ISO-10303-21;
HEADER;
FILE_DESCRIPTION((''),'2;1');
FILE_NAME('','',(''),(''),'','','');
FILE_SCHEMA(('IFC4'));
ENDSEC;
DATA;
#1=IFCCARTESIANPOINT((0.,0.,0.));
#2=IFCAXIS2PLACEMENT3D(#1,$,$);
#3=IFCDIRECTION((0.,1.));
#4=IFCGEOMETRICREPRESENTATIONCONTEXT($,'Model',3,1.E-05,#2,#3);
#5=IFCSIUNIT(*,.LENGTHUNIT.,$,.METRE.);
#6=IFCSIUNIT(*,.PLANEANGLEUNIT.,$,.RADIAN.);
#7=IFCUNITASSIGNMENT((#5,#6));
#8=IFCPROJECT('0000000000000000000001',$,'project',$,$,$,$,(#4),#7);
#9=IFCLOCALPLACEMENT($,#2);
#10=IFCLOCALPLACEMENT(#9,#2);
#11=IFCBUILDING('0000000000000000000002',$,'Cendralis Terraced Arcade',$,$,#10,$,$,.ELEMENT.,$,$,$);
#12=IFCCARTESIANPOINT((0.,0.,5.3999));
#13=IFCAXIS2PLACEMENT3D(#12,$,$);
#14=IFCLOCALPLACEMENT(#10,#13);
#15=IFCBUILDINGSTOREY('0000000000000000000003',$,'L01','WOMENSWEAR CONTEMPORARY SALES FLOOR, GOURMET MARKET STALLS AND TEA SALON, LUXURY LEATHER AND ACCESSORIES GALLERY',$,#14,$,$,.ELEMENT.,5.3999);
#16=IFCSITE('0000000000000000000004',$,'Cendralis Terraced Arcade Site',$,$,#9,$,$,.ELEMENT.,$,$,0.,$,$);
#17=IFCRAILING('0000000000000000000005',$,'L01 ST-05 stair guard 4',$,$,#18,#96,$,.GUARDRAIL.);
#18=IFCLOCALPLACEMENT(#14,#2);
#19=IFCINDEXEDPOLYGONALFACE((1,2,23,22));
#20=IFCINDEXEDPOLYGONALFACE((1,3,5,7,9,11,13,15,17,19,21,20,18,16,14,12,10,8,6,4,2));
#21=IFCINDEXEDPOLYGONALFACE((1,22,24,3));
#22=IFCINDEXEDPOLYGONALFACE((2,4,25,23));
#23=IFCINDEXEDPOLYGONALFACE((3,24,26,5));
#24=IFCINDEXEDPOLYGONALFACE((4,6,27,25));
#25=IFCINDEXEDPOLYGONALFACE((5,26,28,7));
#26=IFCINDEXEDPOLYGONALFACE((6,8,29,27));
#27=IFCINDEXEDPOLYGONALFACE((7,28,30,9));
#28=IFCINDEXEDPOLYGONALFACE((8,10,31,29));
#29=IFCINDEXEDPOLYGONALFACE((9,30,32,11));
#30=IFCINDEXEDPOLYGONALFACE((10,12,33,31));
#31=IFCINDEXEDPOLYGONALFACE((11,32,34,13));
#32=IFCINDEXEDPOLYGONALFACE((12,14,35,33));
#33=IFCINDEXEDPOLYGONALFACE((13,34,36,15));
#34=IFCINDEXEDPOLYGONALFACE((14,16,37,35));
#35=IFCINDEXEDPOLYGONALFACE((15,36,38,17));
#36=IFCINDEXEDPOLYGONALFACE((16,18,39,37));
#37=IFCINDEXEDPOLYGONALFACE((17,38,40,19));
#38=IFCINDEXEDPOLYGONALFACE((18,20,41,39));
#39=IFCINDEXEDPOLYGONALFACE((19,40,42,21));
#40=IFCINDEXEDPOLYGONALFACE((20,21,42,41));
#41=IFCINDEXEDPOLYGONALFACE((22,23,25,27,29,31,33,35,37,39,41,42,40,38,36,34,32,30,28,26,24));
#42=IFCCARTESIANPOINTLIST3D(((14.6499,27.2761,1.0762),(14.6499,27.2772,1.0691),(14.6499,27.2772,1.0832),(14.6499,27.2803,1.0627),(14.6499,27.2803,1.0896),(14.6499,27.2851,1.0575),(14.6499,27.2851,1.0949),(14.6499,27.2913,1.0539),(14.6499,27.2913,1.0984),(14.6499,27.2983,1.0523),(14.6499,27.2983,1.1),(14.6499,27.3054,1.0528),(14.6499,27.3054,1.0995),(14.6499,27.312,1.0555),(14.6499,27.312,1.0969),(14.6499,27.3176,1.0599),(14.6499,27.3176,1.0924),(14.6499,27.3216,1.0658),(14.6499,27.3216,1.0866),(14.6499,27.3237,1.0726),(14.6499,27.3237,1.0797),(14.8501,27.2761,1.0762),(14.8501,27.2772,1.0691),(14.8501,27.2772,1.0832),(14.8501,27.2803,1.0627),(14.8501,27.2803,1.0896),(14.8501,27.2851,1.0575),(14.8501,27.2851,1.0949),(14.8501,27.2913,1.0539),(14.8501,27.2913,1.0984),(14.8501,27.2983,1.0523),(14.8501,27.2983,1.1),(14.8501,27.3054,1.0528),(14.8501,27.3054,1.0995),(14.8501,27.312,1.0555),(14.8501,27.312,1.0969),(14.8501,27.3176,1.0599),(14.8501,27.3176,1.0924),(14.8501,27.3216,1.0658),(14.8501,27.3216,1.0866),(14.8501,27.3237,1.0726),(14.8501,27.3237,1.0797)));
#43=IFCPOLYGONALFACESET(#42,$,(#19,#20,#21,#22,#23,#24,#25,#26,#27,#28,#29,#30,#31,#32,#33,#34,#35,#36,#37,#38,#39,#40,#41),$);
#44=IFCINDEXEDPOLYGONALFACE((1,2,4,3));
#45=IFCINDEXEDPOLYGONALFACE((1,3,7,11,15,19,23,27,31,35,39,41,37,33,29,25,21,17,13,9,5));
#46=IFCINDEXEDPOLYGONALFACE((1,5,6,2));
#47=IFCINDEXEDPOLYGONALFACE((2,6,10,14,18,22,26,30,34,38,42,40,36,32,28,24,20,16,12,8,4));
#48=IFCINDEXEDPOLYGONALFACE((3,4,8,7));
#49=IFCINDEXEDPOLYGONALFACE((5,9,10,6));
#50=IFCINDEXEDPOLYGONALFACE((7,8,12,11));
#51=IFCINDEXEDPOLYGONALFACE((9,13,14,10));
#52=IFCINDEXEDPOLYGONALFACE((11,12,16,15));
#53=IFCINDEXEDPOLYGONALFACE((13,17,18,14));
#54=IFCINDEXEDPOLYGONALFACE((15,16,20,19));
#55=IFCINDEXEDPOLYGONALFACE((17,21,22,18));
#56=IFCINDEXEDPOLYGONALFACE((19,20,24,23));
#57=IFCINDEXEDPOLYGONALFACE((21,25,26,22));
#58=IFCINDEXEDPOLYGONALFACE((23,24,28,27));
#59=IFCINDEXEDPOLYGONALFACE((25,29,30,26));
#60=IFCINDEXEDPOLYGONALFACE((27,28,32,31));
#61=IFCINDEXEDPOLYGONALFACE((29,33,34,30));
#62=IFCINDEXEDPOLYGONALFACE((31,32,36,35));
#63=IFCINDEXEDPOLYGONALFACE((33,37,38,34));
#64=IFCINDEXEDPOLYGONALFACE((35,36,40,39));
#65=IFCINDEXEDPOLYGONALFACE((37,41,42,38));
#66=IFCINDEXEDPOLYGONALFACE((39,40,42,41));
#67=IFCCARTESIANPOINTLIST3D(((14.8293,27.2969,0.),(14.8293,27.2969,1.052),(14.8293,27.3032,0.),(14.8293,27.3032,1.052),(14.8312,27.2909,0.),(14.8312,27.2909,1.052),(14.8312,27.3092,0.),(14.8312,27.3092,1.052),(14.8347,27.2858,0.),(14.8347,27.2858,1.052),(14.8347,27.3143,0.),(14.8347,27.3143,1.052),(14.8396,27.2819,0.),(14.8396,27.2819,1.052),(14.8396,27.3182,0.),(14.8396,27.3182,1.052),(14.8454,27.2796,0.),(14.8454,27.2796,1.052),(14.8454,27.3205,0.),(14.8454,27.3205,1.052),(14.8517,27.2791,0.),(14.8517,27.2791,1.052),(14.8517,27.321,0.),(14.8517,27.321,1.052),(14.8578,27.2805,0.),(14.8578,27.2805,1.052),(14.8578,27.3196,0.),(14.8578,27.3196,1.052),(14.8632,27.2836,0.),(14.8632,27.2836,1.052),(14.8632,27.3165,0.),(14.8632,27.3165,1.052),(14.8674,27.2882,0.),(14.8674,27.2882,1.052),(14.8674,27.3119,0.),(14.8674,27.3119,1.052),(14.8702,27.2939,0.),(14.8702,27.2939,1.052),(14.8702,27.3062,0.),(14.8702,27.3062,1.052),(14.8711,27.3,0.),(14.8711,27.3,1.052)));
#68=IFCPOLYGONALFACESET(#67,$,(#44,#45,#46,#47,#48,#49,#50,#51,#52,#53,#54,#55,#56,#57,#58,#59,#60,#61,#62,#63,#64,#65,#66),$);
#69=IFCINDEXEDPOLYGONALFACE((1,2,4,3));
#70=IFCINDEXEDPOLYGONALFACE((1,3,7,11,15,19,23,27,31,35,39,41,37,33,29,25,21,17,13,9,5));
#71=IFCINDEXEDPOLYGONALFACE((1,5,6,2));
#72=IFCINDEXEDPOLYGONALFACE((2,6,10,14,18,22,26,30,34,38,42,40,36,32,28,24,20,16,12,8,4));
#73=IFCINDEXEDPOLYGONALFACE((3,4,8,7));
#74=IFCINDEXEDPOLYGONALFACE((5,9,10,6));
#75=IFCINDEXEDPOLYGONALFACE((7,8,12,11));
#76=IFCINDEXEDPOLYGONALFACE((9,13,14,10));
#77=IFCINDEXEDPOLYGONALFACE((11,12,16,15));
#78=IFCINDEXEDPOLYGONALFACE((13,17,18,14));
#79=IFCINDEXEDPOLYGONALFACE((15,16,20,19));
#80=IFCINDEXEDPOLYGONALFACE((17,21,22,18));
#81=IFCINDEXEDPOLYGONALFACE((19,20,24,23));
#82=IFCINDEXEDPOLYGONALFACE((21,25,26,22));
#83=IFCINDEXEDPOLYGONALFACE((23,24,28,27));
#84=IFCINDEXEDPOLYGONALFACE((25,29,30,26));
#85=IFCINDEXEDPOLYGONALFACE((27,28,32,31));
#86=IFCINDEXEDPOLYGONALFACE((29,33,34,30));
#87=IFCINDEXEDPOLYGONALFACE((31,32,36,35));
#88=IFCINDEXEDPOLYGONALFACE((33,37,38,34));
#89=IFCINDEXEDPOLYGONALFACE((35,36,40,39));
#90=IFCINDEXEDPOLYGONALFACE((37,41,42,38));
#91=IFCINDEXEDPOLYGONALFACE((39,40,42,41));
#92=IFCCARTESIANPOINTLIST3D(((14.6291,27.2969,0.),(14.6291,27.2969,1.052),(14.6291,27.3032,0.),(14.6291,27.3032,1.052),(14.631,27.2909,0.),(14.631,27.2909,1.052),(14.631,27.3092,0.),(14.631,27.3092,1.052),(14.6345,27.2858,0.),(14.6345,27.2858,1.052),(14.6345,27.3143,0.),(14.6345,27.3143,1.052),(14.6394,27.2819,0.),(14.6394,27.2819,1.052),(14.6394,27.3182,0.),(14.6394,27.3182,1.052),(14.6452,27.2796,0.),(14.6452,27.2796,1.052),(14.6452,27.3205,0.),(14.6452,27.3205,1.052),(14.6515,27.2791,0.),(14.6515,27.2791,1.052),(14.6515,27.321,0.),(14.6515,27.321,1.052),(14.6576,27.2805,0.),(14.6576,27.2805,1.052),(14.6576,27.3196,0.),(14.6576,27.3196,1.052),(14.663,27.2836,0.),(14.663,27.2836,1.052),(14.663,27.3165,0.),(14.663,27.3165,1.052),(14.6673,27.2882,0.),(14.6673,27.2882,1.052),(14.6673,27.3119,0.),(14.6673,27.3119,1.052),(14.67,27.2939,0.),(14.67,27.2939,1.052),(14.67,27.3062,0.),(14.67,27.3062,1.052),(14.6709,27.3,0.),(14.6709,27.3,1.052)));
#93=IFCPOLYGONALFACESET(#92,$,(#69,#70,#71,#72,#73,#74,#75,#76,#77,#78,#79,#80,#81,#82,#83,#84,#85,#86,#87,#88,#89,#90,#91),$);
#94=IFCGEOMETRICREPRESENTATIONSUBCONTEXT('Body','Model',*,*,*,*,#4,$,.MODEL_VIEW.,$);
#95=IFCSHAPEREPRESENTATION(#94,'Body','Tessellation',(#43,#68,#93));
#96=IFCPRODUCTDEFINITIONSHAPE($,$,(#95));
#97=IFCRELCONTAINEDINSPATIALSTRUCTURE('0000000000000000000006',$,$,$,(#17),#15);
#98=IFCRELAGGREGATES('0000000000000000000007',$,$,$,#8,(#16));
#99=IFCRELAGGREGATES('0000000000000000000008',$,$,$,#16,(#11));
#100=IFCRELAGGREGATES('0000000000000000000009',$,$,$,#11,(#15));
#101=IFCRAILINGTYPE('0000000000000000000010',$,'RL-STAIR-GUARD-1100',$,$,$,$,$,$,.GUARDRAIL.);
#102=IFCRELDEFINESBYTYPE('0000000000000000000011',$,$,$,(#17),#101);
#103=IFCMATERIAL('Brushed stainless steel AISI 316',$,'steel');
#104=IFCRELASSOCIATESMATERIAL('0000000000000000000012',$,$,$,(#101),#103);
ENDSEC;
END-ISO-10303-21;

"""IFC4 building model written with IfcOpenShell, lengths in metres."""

from ifc_helpers import new_model, si_unit, direction, frame, origin, origin_2d, place, context, subcontext, project, spatial, circle, extrude, material, type_object, element, save


model = new_model("IFC4")

# Units and contexts
model_context = context("Model", 3, precision=1e-05, world=origin(), true_north=direction((0.0, 1.0)))
body_context = subcontext(model_context, "Body", "Model", "MODEL_VIEW")
ifc_project = project(units=[si_unit("LENGTHUNIT", "METRE"), si_unit("PLANEANGLEUNIT", "RADIAN")], contexts=[model_context])

# Site, building, storey
site_placement = place(None, origin())
site = spatial("IfcSite", under=ifc_project, at=site_placement, Name="Cendralis Terraced Arcade Site", CompositionType="ELEMENT", RefElevation=0.0)
building_placement = place(site_placement, origin())
building = spatial("IfcBuilding", under=site, at=building_placement, Name="Cendralis Terraced Arcade", CompositionType="ELEMENT")
storey_placement = place(building_placement, frame((0.0, 0.0, 5.3999)))
storey = spatial("IfcBuildingStorey", under=building, at=storey_placement, Name="L01", Description="WOMENSWEAR CONTEMPORARY SALES FLOOR, GOURMET MARKET STALLS AND TEA SALON, LUXURY LEATHER AND ACCESSORIES GALLERY", CompositionType="ELEMENT", Elevation=5.3999)

# Railing
ifc_material_1 = material(Name="Brushed stainless steel AISI 316", Category="steel")
railing_type_1 = type_object("IfcRailingType", Name="RL-STAIR-GUARD-1100", PredefinedType="GUARDRAIL", material=ifc_material_1)
railing_1_placement = place(storey_placement, frame((14.8501, 27.3, 0.0)))
element("IfcRailing", 1, at=railing_1_placement, inside=storey, type_object=railing_type_1, Name="L01 ST-05 stair guard 4", PredefinedType="GUARDRAIL", context=body_context, shape_type="SweptSolid", body=[
    extrude(circle(Radius=0.0239, at=origin_2d()), frame((0.0, 0.0, 1.0762), z_axis=(-1.0, 0.0, 0.0), x_axis=(0.0, -1.0, 0.0)), (0.0, 0.0, 1.0), 0.2002),
    extrude(circle(Radius=0.021, at=origin_2d()), origin(), (0.0, 0.0, 1.0), 1.052),
    extrude(circle(Radius=0.021, at=origin_2d()), frame((-0.2002, 0.0, 0.0)), (0.0, 0.0, 1.0), 1.052),
])

save(model, "model.ifc")
